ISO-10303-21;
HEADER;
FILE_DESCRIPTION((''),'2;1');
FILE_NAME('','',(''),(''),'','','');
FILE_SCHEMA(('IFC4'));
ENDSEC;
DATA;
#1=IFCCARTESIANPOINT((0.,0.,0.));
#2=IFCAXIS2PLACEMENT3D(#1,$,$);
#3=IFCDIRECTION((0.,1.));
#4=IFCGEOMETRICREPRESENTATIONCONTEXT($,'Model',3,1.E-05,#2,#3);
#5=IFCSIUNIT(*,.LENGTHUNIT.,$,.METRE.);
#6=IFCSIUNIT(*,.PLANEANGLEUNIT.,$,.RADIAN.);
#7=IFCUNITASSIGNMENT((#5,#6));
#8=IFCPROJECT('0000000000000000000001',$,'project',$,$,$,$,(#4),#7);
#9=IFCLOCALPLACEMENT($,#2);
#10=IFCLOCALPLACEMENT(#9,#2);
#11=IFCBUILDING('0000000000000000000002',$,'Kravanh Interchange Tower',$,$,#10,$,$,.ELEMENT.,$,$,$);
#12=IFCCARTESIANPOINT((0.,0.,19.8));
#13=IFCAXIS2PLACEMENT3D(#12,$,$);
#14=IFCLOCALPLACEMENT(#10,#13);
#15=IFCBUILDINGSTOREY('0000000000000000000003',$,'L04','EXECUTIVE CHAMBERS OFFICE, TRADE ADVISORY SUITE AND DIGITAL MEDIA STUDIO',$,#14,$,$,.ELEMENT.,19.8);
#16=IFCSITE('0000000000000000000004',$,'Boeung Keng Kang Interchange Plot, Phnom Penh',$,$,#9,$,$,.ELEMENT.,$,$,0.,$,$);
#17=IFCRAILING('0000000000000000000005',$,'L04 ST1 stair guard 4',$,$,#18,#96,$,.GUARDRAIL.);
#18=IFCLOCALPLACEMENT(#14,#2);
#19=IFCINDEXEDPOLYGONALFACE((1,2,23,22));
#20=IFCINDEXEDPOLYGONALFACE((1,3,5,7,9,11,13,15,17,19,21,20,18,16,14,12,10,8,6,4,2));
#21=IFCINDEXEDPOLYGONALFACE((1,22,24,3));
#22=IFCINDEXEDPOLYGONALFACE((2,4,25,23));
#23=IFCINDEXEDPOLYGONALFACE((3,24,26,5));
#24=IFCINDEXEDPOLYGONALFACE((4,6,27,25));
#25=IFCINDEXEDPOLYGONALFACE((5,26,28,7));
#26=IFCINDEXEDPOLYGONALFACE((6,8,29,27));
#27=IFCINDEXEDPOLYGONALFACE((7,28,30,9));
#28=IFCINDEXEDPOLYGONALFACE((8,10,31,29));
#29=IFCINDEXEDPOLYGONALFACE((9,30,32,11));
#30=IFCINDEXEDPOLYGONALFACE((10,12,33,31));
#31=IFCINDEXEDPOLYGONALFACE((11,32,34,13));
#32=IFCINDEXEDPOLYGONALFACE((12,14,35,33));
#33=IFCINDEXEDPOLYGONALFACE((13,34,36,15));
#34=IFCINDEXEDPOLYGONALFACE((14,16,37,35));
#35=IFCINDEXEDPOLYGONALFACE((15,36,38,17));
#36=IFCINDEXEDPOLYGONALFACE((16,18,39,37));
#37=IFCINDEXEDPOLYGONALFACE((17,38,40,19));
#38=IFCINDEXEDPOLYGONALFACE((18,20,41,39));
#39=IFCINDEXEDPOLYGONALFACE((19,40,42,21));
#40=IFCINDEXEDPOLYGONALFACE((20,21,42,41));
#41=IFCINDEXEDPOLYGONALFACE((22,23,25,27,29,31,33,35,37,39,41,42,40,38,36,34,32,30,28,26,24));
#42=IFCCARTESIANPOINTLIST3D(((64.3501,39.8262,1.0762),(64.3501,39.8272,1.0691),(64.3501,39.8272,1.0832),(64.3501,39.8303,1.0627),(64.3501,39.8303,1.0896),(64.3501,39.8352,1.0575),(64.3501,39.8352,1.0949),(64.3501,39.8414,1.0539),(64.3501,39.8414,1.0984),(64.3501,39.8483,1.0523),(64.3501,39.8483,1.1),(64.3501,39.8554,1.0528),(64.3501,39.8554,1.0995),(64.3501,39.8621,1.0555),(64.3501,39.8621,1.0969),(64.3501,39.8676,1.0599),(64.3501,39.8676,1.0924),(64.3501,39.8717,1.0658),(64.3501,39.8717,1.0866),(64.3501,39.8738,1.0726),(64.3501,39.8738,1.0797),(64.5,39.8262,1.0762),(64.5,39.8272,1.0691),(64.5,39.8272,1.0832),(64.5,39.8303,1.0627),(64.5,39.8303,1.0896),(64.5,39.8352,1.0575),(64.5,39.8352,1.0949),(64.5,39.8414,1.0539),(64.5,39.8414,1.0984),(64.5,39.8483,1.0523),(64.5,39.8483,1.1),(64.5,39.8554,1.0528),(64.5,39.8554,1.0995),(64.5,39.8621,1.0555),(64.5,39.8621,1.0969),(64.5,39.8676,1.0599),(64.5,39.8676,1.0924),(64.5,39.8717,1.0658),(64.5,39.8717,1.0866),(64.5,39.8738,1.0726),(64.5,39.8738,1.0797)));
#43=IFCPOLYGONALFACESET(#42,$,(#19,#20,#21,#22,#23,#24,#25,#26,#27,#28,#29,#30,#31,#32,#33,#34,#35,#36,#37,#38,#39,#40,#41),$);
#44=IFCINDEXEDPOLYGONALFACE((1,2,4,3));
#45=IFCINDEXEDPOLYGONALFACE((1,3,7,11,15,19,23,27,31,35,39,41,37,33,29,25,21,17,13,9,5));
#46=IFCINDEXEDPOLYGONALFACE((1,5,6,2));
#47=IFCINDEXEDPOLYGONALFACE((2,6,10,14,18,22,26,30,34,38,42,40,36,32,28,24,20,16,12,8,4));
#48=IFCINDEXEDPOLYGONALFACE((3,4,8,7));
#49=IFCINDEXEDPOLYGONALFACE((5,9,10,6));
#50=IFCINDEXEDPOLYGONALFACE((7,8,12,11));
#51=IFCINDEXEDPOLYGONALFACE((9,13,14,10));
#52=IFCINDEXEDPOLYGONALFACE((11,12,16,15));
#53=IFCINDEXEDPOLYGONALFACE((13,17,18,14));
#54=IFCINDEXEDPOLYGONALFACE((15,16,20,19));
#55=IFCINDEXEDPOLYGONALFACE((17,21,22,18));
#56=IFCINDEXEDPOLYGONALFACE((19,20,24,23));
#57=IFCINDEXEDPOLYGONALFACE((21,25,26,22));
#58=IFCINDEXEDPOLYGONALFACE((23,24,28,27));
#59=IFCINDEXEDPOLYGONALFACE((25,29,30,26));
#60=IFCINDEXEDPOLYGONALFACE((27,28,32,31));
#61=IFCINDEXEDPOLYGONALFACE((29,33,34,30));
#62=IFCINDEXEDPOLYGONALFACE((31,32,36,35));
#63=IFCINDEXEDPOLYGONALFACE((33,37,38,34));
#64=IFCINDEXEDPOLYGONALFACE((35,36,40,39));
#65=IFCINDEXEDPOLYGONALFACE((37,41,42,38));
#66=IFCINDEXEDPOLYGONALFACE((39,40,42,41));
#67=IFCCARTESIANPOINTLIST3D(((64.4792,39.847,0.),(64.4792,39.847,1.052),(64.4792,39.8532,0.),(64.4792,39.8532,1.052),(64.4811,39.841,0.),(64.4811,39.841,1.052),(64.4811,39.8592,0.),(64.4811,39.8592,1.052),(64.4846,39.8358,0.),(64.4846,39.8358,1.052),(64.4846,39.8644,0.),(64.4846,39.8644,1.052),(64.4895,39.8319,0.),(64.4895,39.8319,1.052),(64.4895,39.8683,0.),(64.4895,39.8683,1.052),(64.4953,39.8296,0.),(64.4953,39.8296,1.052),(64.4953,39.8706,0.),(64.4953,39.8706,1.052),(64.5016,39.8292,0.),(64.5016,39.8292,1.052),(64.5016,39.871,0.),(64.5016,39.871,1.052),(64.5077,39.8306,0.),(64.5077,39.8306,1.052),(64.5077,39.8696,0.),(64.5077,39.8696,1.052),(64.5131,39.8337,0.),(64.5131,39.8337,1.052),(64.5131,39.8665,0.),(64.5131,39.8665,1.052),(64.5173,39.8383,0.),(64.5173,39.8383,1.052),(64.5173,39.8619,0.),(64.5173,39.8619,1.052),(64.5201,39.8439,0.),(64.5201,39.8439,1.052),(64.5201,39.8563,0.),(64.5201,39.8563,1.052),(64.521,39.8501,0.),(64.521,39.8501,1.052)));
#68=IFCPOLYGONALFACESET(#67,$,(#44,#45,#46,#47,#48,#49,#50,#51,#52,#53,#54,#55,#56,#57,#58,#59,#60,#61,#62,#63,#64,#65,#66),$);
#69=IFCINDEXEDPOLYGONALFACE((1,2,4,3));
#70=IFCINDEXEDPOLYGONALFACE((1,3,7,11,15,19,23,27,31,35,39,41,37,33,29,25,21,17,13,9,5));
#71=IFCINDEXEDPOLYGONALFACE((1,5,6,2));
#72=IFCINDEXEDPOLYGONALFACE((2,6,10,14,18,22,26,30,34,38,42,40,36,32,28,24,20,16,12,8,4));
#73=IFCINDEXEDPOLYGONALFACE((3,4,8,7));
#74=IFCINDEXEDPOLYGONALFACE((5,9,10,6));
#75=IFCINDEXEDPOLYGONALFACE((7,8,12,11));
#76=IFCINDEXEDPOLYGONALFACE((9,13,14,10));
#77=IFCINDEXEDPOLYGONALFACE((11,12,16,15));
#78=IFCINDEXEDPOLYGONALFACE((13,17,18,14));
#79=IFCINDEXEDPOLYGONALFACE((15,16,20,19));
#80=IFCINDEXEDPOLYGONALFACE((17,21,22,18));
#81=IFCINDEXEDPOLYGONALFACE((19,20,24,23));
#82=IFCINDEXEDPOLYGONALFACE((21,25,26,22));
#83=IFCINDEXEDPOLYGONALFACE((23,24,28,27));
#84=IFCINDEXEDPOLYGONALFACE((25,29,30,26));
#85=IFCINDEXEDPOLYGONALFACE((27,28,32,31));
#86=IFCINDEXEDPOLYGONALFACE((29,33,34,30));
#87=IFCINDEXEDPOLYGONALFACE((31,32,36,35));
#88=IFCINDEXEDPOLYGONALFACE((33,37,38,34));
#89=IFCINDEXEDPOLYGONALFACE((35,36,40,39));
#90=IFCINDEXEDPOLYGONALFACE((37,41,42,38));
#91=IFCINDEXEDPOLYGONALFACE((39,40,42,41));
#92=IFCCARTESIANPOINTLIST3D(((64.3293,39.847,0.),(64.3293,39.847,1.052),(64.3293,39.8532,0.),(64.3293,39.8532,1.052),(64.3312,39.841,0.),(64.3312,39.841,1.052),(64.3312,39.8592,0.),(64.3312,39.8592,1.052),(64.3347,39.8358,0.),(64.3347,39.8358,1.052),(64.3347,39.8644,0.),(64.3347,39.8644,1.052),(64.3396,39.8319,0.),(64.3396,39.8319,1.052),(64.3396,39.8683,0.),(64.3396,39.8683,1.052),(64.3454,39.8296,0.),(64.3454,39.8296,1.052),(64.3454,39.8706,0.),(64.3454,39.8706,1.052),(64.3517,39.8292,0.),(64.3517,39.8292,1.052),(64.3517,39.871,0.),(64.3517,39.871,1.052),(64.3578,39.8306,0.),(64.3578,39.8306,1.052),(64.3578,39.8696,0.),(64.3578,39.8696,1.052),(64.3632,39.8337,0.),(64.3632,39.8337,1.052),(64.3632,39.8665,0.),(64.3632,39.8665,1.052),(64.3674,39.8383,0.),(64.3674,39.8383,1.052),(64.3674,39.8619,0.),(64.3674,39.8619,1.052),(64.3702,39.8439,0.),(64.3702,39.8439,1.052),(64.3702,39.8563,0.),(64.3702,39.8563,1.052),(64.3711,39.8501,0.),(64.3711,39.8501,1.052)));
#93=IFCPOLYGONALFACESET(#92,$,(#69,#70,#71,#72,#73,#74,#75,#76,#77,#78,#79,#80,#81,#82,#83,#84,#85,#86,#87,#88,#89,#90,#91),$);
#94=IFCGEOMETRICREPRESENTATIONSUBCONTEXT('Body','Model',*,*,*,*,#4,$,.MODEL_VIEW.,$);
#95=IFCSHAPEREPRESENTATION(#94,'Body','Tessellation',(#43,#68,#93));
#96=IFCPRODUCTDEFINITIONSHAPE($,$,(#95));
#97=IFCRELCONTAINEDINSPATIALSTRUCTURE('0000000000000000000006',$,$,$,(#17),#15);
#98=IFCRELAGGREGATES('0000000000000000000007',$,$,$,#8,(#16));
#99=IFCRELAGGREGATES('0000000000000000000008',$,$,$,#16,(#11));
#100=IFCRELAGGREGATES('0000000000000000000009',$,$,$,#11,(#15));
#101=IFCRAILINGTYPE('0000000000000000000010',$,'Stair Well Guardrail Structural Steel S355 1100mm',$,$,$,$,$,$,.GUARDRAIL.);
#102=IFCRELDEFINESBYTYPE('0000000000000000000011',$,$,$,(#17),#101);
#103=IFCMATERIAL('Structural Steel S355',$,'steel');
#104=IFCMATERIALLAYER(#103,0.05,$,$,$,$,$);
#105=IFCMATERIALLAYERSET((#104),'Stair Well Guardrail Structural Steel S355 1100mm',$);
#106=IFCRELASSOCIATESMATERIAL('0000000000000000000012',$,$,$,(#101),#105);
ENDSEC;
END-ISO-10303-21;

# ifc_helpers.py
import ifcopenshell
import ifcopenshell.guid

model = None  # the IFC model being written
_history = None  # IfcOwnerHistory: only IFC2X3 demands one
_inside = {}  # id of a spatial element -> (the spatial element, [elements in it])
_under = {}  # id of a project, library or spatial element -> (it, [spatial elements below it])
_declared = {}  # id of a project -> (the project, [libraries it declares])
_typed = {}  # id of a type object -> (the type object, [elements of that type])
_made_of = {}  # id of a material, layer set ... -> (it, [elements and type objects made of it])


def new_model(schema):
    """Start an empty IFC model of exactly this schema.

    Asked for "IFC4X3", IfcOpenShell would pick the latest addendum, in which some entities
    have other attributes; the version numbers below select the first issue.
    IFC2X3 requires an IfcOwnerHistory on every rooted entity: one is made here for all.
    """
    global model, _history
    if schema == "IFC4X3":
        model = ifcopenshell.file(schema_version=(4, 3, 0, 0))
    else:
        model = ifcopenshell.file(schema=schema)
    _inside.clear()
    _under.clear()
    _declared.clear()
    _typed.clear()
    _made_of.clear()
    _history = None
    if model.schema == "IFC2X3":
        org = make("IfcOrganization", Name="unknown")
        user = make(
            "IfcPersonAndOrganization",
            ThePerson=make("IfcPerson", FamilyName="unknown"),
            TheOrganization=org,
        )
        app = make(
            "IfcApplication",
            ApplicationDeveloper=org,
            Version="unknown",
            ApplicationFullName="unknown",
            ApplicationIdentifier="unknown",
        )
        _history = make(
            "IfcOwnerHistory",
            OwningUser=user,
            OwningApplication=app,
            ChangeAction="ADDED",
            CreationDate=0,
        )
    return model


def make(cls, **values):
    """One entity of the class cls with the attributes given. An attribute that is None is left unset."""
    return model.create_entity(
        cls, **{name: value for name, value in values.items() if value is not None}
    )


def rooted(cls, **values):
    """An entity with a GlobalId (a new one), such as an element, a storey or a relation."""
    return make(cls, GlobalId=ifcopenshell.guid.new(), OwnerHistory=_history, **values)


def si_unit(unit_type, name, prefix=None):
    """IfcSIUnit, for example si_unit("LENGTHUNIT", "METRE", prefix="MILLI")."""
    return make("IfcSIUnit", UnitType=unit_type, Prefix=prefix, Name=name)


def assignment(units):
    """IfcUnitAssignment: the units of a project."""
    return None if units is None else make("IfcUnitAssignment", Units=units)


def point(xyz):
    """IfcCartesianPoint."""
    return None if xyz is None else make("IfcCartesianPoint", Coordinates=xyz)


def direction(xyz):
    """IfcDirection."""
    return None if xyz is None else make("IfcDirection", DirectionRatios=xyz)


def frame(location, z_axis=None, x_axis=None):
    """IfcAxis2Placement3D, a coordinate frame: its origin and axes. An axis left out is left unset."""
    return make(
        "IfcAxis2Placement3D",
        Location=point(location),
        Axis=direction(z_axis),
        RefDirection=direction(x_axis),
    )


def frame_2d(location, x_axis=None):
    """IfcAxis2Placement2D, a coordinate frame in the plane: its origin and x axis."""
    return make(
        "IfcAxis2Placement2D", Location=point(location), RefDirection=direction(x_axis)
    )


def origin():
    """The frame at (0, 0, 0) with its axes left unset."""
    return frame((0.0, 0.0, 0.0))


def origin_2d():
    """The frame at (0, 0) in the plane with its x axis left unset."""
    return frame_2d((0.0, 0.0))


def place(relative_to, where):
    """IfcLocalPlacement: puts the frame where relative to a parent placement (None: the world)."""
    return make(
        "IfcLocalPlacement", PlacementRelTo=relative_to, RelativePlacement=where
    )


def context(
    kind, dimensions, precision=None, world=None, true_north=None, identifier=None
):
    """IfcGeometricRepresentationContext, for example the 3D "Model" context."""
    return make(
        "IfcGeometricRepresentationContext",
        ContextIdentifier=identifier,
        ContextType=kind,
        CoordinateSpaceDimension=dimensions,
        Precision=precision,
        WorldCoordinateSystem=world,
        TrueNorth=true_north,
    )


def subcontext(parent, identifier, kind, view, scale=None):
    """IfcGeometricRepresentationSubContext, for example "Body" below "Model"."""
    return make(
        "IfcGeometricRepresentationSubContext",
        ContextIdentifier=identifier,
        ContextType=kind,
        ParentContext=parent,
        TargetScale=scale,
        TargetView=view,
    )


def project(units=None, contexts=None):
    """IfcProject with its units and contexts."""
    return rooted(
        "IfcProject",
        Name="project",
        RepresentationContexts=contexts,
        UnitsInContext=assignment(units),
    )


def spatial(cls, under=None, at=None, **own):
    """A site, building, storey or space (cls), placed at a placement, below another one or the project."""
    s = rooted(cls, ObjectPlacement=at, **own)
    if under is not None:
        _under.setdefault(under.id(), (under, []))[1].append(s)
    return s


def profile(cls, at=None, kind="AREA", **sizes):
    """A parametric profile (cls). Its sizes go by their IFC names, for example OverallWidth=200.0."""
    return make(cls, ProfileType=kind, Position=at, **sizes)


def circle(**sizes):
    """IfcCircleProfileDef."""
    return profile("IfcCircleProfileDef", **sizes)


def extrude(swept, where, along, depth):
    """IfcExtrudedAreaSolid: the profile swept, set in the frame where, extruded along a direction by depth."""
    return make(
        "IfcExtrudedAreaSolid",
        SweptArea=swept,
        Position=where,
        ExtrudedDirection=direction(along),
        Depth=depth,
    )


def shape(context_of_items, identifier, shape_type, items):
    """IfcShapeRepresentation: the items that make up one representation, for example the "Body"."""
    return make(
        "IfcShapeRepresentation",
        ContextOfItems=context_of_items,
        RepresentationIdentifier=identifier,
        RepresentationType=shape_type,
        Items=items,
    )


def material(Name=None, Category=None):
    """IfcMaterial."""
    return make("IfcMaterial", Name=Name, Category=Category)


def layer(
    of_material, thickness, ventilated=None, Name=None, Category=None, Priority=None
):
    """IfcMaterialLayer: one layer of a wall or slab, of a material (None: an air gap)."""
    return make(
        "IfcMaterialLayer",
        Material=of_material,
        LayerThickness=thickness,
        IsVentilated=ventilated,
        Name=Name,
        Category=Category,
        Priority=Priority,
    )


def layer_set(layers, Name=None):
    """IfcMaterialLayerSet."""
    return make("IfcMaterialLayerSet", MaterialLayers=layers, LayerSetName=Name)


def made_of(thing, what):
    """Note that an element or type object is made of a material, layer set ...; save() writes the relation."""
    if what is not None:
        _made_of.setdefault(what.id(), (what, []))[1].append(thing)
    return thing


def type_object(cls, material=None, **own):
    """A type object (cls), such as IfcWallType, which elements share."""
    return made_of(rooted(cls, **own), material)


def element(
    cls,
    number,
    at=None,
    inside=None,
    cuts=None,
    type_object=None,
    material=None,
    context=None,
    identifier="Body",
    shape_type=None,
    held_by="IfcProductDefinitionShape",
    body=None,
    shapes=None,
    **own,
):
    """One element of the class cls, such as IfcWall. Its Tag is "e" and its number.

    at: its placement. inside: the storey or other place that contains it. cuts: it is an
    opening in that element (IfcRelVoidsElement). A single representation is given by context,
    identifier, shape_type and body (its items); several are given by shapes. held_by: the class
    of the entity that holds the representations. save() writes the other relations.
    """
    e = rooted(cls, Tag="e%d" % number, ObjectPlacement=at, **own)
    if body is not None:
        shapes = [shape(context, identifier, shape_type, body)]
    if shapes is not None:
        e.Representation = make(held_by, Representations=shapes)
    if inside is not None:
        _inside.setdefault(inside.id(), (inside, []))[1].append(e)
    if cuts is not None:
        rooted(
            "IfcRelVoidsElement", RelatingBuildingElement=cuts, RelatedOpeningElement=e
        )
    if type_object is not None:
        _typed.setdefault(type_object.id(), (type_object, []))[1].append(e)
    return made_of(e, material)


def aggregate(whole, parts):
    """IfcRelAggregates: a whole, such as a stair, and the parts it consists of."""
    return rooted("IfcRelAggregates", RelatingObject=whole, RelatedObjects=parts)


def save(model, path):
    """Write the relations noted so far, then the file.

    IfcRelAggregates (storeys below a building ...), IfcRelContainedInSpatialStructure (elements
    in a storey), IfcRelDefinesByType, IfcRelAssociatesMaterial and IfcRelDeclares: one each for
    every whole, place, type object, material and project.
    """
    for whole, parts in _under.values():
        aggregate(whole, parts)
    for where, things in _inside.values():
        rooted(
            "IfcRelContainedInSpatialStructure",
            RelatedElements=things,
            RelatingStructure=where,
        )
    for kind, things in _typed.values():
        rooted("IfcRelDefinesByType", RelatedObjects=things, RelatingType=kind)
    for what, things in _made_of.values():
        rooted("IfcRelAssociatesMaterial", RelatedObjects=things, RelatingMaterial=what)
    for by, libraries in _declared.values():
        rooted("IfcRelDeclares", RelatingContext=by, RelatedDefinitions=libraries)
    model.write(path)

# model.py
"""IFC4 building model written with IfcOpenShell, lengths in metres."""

from ifc_helpers import new_model, si_unit, direction, frame, origin, origin_2d, place, context, subcontext, project, spatial, circle, extrude, material, layer, layer_set, type_object, element, save


model = new_model("IFC4")

# Units and contexts
model_context = context("Model", 3, precision=1e-05, world=origin(), true_north=direction((0.0, 1.0)))
body_context = subcontext(model_context, "Body", "Model", "MODEL_VIEW")
ifc_project = project(units=[si_unit("LENGTHUNIT", "METRE"), si_unit("PLANEANGLEUNIT", "RADIAN")], contexts=[model_context])

# Site, building, storey
site_placement = place(None, origin())
site = spatial("IfcSite", under=ifc_project, at=site_placement, Name="Boeung Keng Kang Interchange Plot, Phnom Penh", CompositionType="ELEMENT", RefElevation=0.0)
building_placement = place(site_placement, origin())
building = spatial("IfcBuilding", under=site, at=building_placement, Name="Kravanh Interchange Tower", CompositionType="ELEMENT")
storey_placement = place(building_placement, frame((0.0, 0.0, 19.8)))
storey = spatial("IfcBuildingStorey", under=building, at=storey_placement, Name="L04", Description="EXECUTIVE CHAMBERS OFFICE, TRADE ADVISORY SUITE AND DIGITAL MEDIA STUDIO", CompositionType="ELEMENT", Elevation=19.8)

# Railing
ifc_material_1 = material(Name="Structural Steel S355", Category="steel")
ifc_layer_1 = layer(ifc_material_1, 0.05)
ifc_layer_set_1 = layer_set([ifc_layer_1], Name="Stair Well Guardrail Structural Steel S355 1100mm")
railing_type_1 = type_object("IfcRailingType", Name="Stair Well Guardrail Structural Steel S355 1100mm", PredefinedType="GUARDRAIL", material=ifc_layer_set_1)
railing_1_placement = place(storey_placement, frame((64.5, 39.8501, 0.0)))
element("IfcRailing", 1, at=railing_1_placement, inside=storey, type_object=railing_type_1, Name="L04 ST1 stair guard 4", PredefinedType="GUARDRAIL", context=body_context, shape_type="SweptSolid", body=[
    extrude(circle(Radius=0.0239, at=origin_2d()), frame((0.0, 0.0, 1.0762), z_axis=(-1.0, 0.0, 0.0), x_axis=(0.0, -1.0, 0.0)), (0.0, 0.0, 1.0), 0.1499),
    extrude(circle(Radius=0.021, at=origin_2d()), origin(), (0.0, 0.0, 1.0), 1.052),
    extrude(circle(Radius=0.021, at=origin_2d()), frame((-0.1499, 0.0, 0.0)), (0.0, 0.0, 1.0), 1.052),
])

save(model, "model.ifc")
